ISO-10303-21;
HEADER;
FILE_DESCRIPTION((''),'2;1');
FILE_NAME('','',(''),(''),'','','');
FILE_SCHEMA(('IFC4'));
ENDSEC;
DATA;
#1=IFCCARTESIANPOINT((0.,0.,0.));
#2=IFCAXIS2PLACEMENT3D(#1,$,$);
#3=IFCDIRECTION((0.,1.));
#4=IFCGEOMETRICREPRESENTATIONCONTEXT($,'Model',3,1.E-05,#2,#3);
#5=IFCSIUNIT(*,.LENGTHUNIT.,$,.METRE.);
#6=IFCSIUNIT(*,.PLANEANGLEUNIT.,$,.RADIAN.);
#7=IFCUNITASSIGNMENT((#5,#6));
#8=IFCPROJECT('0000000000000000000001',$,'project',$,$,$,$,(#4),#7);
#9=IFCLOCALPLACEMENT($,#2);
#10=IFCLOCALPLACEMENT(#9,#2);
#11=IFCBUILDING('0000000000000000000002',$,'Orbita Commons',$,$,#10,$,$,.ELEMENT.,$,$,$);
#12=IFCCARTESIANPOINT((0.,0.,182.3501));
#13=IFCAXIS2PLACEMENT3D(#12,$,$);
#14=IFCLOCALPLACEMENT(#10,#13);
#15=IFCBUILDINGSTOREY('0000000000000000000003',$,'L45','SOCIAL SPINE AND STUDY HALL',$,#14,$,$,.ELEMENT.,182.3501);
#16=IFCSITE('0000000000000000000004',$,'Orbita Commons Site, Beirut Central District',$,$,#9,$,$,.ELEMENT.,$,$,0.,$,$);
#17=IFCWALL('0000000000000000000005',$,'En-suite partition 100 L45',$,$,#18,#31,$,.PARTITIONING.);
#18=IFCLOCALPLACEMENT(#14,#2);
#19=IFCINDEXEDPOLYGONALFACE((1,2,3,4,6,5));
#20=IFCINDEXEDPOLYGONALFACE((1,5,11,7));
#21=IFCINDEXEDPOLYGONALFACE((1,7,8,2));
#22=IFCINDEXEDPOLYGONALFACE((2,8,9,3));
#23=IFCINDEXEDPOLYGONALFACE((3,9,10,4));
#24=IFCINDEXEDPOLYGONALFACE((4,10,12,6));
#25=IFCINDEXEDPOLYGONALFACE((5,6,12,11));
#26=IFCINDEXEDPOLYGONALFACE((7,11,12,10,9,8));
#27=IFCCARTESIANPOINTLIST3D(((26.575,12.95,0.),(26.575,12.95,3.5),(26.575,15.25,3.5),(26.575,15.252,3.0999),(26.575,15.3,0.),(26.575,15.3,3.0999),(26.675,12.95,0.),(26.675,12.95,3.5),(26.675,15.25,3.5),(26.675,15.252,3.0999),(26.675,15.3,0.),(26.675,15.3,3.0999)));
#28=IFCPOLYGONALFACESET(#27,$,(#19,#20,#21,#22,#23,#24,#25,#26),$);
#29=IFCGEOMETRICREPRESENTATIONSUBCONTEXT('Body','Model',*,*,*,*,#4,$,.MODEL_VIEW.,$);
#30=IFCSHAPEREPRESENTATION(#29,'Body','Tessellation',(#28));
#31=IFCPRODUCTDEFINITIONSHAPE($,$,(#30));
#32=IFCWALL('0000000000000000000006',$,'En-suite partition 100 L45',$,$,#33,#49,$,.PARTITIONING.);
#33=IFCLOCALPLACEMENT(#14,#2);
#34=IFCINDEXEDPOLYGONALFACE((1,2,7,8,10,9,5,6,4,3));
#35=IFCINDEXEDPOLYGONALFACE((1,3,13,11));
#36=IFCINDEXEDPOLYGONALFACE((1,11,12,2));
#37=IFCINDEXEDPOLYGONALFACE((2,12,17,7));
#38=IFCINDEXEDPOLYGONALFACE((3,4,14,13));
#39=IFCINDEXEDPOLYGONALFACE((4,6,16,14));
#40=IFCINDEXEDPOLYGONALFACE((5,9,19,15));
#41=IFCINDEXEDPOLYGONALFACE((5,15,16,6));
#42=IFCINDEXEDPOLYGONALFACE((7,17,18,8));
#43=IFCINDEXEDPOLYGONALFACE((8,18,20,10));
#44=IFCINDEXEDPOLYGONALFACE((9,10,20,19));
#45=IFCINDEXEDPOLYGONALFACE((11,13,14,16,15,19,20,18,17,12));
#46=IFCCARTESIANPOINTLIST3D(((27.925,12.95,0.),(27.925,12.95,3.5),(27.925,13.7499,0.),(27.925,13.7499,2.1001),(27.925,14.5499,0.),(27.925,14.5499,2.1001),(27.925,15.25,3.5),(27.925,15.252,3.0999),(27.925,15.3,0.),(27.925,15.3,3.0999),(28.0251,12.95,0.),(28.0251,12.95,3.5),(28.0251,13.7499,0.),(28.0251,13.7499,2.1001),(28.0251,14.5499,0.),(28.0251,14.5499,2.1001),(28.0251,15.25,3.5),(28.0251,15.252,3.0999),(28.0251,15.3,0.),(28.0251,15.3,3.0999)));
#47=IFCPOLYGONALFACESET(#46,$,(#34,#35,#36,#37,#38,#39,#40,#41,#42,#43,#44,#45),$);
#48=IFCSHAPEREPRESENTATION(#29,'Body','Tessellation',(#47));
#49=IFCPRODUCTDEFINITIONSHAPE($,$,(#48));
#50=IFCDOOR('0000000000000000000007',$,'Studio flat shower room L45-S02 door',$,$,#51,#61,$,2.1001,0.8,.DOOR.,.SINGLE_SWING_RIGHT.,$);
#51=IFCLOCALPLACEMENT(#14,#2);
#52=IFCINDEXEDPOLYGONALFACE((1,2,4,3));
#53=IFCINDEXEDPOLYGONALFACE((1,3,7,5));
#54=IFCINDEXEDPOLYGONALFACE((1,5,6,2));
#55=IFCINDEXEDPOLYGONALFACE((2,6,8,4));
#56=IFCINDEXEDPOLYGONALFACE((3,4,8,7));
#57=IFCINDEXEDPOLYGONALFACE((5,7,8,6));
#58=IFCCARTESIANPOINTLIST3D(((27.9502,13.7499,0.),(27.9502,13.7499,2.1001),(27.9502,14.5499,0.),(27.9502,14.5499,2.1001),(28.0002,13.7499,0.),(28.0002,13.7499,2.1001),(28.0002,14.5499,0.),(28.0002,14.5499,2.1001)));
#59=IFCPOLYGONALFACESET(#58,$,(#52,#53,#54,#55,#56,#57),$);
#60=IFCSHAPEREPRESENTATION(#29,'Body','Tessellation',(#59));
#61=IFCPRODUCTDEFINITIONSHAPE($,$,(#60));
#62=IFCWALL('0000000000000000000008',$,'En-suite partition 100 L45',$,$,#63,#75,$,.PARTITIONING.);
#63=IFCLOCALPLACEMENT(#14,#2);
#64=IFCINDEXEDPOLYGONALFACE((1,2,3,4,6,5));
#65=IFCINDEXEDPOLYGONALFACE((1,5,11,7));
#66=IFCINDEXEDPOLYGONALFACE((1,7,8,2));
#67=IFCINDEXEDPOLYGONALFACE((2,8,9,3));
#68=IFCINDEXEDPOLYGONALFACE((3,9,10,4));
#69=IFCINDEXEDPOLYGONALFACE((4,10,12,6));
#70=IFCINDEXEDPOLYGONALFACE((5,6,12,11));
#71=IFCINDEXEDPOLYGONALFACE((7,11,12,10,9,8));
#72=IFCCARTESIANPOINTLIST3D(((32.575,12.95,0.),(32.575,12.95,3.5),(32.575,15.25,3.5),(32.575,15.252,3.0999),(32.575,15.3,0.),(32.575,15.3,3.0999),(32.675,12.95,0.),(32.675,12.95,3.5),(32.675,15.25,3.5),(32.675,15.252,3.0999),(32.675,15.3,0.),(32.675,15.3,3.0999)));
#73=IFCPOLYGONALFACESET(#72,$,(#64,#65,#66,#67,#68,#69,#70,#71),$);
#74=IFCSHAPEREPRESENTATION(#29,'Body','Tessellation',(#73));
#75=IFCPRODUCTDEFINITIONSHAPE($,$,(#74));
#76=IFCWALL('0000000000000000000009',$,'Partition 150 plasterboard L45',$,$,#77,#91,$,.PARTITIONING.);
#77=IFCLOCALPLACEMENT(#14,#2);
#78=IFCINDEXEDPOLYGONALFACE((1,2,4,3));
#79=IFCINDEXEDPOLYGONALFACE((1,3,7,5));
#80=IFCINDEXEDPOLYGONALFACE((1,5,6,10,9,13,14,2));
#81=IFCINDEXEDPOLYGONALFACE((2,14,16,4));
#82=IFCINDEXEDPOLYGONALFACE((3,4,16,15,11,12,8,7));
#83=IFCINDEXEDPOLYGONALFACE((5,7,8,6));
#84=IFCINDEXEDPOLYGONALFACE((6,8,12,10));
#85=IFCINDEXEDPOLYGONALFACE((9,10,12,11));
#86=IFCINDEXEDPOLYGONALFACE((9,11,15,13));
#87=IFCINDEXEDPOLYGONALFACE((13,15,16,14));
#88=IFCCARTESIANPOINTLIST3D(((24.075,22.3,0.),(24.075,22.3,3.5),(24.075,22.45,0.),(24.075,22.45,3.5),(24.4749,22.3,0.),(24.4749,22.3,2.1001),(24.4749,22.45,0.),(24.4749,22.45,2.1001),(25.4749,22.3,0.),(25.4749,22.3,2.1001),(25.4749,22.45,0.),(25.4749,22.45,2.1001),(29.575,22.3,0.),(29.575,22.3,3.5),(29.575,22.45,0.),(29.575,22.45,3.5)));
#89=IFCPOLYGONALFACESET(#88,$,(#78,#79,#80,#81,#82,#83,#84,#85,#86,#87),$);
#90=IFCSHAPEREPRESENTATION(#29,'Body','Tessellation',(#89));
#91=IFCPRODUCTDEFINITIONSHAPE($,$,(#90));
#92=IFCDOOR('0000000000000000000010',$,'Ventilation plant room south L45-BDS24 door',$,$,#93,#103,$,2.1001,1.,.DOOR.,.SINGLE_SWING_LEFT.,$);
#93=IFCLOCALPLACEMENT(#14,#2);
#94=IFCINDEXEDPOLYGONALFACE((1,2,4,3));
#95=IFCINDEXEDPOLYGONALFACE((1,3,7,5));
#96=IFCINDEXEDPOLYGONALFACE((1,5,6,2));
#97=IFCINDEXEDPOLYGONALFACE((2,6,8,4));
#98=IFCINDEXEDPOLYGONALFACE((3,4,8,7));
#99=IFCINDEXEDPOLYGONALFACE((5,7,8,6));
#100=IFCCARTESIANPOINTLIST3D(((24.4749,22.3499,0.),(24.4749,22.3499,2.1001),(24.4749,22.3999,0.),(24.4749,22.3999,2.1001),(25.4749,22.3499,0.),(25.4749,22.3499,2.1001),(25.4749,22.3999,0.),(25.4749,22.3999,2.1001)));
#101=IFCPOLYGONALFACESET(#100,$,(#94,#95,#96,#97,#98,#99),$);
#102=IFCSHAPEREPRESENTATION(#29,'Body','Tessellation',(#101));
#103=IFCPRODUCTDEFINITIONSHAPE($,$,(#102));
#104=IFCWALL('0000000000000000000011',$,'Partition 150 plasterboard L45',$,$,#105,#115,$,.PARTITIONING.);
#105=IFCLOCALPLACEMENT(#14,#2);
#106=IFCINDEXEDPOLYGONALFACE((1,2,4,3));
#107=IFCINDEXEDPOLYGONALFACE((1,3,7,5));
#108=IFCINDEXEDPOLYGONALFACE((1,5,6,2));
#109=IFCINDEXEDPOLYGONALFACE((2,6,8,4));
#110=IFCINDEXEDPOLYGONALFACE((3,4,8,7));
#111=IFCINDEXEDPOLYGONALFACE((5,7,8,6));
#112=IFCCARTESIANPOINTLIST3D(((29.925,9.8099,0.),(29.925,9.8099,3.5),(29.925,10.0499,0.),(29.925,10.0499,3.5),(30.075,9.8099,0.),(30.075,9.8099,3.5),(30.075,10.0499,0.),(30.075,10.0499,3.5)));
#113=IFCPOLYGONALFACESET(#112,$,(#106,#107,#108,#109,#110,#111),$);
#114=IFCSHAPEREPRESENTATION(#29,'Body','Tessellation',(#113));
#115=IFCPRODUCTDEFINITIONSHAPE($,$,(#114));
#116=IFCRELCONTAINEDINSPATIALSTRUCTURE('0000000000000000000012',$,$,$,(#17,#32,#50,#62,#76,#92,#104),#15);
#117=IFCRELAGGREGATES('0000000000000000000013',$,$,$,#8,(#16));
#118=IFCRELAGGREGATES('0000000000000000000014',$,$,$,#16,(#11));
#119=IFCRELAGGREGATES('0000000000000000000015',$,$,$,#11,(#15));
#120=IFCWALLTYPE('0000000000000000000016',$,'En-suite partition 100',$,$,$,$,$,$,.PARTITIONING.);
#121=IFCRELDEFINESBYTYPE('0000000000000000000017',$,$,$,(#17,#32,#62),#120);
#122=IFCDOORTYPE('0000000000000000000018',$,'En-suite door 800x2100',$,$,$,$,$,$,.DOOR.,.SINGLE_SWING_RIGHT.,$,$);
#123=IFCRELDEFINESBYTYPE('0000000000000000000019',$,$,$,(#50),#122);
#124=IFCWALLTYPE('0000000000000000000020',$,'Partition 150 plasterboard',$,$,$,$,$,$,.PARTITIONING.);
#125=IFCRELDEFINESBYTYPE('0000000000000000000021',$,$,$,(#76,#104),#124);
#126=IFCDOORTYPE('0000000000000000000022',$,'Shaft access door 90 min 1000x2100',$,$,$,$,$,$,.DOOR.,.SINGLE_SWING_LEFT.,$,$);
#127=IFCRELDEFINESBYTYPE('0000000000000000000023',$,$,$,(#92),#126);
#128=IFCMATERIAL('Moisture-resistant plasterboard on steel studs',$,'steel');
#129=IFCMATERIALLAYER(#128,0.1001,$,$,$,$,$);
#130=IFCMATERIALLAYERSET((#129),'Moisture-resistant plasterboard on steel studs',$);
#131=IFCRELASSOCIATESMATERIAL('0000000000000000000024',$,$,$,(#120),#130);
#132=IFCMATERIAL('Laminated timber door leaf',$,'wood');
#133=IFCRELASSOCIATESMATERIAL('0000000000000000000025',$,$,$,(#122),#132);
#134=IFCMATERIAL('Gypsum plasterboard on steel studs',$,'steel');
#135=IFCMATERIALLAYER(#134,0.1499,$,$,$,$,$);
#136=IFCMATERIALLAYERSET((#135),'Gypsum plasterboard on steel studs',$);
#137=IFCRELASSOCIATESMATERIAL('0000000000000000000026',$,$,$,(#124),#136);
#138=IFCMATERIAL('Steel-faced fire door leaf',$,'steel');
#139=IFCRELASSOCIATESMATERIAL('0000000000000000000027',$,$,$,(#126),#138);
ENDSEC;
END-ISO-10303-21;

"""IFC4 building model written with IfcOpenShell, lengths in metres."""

from ifc_helpers import new_model, si_unit, direction, frame, frame_2d, origin, place, context, subcontext, project, spatial, polyline, rectangle, outline, extrude, material, layer, layer_set, type_object, element, fill, save


model = new_model("IFC4")

# Units and contexts
model_context = context("Model", 3, precision=1e-05, world=origin(), true_north=direction((0.0, 1.0)))
body_context = subcontext(model_context, "Body", "Model", "MODEL_VIEW")
ifc_project = project(units=[si_unit("LENGTHUNIT", "METRE"), si_unit("PLANEANGLEUNIT", "RADIAN")], contexts=[model_context])

# Site, building, storey
site_placement = place(None, origin())
site = spatial("IfcSite", under=ifc_project, at=site_placement, Name="Orbita Commons Site, Beirut Central District", CompositionType="ELEMENT", RefElevation=0.0)
building_placement = place(site_placement, origin())
building = spatial("IfcBuilding", under=site, at=building_placement, Name="Orbita Commons", CompositionType="ELEMENT")
storey_placement = place(building_placement, frame((0.0, 0.0, 182.3501)))
storey = spatial("IfcBuildingStorey", under=building, at=storey_placement, Name="L45", Description="SOCIAL SPINE AND STUDY HALL", CompositionType="ELEMENT", Elevation=182.3501)

# Shared definitions
ifc_material_1 = material(Name="Moisture-resistant plasterboard on steel studs", Category="steel")
ifc_layer_1 = layer(ifc_material_1, 0.1001)
ifc_layer_set_1 = layer_set([ifc_layer_1], Name="Moisture-resistant plasterboard on steel studs")
wall_type_1 = type_object("IfcWallType", Name="En-suite partition 100", PredefinedType="PARTITIONING", material=ifc_layer_set_1)
ifc_material_2 = material(Name="Laminated timber door leaf", Category="wood")
door_type_1 = type_object("IfcDoorType", Name="En-suite door 800x2100", OperationType="SINGLE_SWING_RIGHT", PredefinedType="DOOR", material=ifc_material_2)

# Wall
wall_1_placement = place(storey_placement, frame((26.625, 12.95, 0.0), z_axis=(0.0, 0.0, 1.0), x_axis=(0.0, 1.0, 0.0)))
element("IfcWall", 1, at=wall_1_placement, inside=storey, type_object=wall_type_1, Name="En-suite partition 100 L45", PredefinedType="PARTITIONING", context=body_context, shape_type="SweptSolid", body=[
    extrude(outline(polyline([(0.0, 0.0), (2.3501, 0.0), (2.3501, 3.0999), (2.302, 3.0999), (2.3, 3.5), (0.0, 3.5), (0.0, 0.0)])), frame((0.0, 0.05, 0.0), z_axis=(0.0, -1.0, 0.0), x_axis=(1.0, 0.0, 0.0)), (0.0, 0.0, 1.0), 0.1001),
])

# Wall, opening, door
wall_2_placement = place(storey_placement, frame((27.9751, 12.95, 0.0), z_axis=(0.0, 0.0, 1.0), x_axis=(0.0, 1.0, 0.0)))
wall_2 = element("IfcWall", 2, at=wall_2_placement, inside=storey, type_object=wall_type_1, Name="En-suite partition 100 L45", PredefinedType="PARTITIONING", context=body_context, shape_type="SweptSolid", body=[
    extrude(outline(polyline([(0.0, 0.0), (2.3501, 0.0), (2.3501, 3.0999), (2.302, 3.0999), (2.3, 3.5), (0.0, 3.5), (0.0, 0.0)])), frame((0.0, 0.05, 0.0), z_axis=(0.0, -1.0, 0.0), x_axis=(1.0, 0.0, 0.0)), (0.0, 0.0, 1.0), 0.1001),
])
opening_1_placement = place(wall_2_placement, frame((0.8, 0.0, 0.0)))
opening_1 = element("IfcOpeningElement", 3, at=opening_1_placement, cuts=wall_2, PredefinedType="OPENING", context=body_context, shape_type="SweptSolid", body=[
    extrude(rectangle(XDim=0.8, YDim=2.1001, at=frame_2d((0.3999, 1.05))), frame((0.0, 0.0601, 0.0), z_axis=(0.0, -1.0, 0.0), x_axis=(1.0, 0.0, 0.0)), (0.0, 0.0, 1.0), 0.1201),
])
door_1_placement = place(opening_1_placement, origin())
door_1 = element("IfcDoor", 4, at=door_1_placement, inside=storey, type_object=door_type_1, Name="Studio flat shower room L45-S02 door", OperationType="SINGLE_SWING_RIGHT", OverallHeight=2.1001, OverallWidth=0.8, PredefinedType="DOOR", context=body_context, shape_type="SweptSolid", body=[
    extrude(rectangle(XDim=0.8, YDim=2.1001, at=frame_2d((0.3999, 1.05))), frame((0.0, 0.0249, 0.0), z_axis=(0.0, -1.0, 0.0), x_axis=(1.0, 0.0, 0.0)), (0.0, 0.0, 1.0), 0.05),
])
fill(opening_1, door_1)

# Wall
wall_3_placement = place(storey_placement, frame((32.625, 12.95, 0.0), z_axis=(0.0, 0.0, 1.0), x_axis=(0.0, 1.0, 0.0)))
element("IfcWall", 5, at=wall_3_placement, inside=storey, type_object=wall_type_1, Name="En-suite partition 100 L45", PredefinedType="PARTITIONING", context=body_context, shape_type="SweptSolid", body=[
    extrude(outline(polyline([(0.0, 0.0), (2.3501, 0.0), (2.3501, 3.0999), (2.302, 3.0999), (2.3, 3.5), (0.0, 3.5), (0.0, 0.0)])), frame((0.0, 0.05, 0.0), z_axis=(0.0, -1.0, 0.0), x_axis=(1.0, 0.0, 0.0)), (0.0, 0.0, 1.0), 0.1001),
])

# Wall, opening, door
ifc_material_3 = material(Name="Gypsum plasterboard on steel studs", Category="steel")
ifc_layer_2 = layer(ifc_material_3, 0.1499)
ifc_layer_set_2 = layer_set([ifc_layer_2], Name="Gypsum plasterboard on steel studs")
wall_type_2 = type_object("IfcWallType", Name="Partition 150 plasterboard", PredefinedType="PARTITIONING", material=ifc_layer_set_2)
wall_4_placement = place(storey_placement, frame((24.075, 22.375, 0.0), z_axis=(0.0, 0.0, 1.0), x_axis=(1.0, 0.0, 0.0)))
wall_4 = element("IfcWall", 6, at=wall_4_placement, inside=storey, type_object=wall_type_2, Name="Partition 150 plasterboard L45", PredefinedType="PARTITIONING", context=body_context, shape_type="SweptSolid", body=[
    extrude(rectangle(XDim=5.5, YDim=0.1499, at=frame_2d((2.75, 0.0))), origin(), (0.0, 0.0, 1.0), 3.5),
])
opening_2_placement = place(wall_4_placement, frame((0.3999, 0.0, 0.0)))
opening_2 = element("IfcOpeningElement", 7, at=opening_2_placement, cuts=wall_4, PredefinedType="OPENING", context=body_context, shape_type="SweptSolid", body=[
    extrude(rectangle(XDim=1.0, YDim=2.1001, at=frame_2d((0.5, 1.05))), frame((0.0, 0.085, 0.0), z_axis=(0.0, -1.0, 0.0), x_axis=(1.0, 0.0, 0.0)), (0.0, 0.0, 1.0), 0.1699),
])
ifc_material_4 = material(Name="Steel-faced fire door leaf", Category="steel")
door_type_2 = type_object("IfcDoorType", Name="Shaft access door 90 min 1000x2100", OperationType="SINGLE_SWING_LEFT", PredefinedType="DOOR", material=ifc_material_4)
door_2_placement = place(opening_2_placement, origin())
door_2 = element("IfcDoor", 8, at=door_2_placement, inside=storey, type_object=door_type_2, Name="Ventilation plant room south L45-BDS24 door", OperationType="SINGLE_SWING_LEFT", OverallHeight=2.1001, OverallWidth=1.0, PredefinedType="DOOR", context=body_context, shape_type="SweptSolid", body=[
    extrude(rectangle(XDim=1.0, YDim=2.1001, at=frame_2d((0.5, 1.05))), frame((0.0, 0.0249, 0.0), z_axis=(0.0, -1.0, 0.0), x_axis=(1.0, 0.0, 0.0)), (0.0, 0.0, 1.0), 0.05),
])
fill(opening_2, door_2)

# Wall
wall_5_placement = place(storey_placement, frame((30.0, 10.05, 0.0), z_axis=(0.0, 0.0, 1.0), x_axis=(0.0, -1.0, 0.0)))
element("IfcWall", 9, at=wall_5_placement, inside=storey, type_object=wall_type_2, Name="Partition 150 plasterboard L45", PredefinedType="PARTITIONING", context=body_context, shape_type="SweptSolid", body=[
    extrude(rectangle(XDim=0.24, YDim=0.1499, at=frame_2d((0.1201, 0.0))), origin(), (0.0, 0.0, 1.0), 3.5),
])

save(model, "model.ifc")
